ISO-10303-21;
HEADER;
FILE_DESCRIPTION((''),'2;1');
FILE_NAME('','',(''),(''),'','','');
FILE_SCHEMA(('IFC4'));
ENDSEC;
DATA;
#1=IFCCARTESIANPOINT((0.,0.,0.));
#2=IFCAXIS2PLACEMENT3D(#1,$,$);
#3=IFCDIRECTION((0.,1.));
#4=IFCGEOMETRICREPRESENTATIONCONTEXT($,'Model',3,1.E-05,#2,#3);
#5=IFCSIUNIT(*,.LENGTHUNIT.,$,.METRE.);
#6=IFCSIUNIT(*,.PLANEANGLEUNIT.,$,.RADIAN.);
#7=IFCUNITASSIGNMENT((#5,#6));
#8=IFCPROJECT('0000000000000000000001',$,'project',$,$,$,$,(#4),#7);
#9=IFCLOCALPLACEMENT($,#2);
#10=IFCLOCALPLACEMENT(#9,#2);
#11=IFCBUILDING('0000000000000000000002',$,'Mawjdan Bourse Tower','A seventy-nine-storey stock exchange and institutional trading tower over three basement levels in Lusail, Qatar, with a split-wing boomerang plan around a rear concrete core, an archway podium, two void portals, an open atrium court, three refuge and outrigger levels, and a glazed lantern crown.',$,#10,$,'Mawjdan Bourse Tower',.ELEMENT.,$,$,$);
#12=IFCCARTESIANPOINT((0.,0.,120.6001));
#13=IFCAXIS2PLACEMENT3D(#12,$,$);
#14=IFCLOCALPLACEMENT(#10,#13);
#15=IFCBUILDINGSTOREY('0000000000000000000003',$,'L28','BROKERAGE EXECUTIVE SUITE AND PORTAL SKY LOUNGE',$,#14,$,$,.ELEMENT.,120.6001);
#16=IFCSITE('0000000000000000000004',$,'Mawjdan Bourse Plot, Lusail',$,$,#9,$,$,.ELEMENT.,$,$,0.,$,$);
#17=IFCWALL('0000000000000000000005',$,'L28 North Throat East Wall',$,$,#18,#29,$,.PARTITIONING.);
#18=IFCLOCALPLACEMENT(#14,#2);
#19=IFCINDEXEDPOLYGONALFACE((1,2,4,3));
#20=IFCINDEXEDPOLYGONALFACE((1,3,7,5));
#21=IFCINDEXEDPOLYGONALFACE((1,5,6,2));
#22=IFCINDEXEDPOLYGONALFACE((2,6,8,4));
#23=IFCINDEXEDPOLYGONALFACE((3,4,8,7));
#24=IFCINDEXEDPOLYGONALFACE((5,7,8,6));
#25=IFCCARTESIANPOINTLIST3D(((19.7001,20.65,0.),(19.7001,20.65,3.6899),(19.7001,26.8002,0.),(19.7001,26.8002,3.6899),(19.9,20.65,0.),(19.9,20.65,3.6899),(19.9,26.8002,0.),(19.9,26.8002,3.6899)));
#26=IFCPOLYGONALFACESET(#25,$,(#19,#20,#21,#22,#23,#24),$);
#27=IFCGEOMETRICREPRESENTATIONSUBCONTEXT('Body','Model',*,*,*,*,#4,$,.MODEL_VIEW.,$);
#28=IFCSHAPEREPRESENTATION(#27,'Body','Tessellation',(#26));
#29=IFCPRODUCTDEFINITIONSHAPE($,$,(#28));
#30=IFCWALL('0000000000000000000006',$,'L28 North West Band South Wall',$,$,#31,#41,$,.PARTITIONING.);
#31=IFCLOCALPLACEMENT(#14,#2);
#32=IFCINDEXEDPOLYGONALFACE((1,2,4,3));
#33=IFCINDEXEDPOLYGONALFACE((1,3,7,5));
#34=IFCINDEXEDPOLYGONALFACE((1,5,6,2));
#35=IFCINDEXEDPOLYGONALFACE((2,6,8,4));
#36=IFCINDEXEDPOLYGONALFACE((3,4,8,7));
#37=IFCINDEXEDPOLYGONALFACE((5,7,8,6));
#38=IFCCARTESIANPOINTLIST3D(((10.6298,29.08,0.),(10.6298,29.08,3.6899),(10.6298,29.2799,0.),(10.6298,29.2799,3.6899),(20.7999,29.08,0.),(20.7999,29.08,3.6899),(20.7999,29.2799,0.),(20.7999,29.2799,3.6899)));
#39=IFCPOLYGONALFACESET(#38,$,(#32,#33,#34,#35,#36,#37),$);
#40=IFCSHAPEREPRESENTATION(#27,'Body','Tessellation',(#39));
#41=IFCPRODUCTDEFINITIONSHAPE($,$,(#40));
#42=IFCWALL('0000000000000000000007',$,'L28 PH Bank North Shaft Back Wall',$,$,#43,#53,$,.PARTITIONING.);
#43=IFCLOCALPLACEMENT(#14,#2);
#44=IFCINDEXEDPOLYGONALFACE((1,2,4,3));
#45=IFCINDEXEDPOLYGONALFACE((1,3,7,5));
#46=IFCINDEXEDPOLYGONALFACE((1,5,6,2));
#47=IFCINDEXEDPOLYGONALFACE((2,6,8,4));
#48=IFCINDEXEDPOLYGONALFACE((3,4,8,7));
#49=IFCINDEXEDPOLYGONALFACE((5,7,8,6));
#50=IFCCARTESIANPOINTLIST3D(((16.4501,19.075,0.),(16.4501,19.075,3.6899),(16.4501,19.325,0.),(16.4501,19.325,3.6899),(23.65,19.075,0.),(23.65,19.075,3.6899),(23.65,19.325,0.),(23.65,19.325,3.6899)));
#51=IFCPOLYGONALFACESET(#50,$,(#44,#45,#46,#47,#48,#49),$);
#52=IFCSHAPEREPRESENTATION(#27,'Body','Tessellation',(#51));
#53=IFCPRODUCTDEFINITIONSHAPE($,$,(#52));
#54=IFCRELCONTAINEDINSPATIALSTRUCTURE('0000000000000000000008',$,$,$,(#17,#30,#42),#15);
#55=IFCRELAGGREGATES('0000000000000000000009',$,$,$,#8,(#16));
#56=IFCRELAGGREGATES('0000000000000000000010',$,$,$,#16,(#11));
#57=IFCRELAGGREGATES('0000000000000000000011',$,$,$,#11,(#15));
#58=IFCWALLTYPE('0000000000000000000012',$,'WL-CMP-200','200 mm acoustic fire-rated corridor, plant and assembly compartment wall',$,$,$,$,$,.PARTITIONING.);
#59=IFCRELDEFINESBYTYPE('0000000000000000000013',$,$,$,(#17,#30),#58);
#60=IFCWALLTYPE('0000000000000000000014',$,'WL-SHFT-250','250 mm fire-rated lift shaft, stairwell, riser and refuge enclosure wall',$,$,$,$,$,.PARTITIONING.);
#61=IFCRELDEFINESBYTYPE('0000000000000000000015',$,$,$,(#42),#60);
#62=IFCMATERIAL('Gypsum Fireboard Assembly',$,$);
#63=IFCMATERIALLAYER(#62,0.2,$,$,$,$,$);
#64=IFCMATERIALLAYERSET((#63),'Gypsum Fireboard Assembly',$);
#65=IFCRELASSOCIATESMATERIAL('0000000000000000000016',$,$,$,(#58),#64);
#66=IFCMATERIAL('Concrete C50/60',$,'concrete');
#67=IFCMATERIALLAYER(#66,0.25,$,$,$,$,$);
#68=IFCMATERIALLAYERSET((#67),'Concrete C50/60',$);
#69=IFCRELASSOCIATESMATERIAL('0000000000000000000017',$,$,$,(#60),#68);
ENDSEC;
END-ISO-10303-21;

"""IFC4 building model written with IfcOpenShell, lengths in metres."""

from ifc_helpers import new_model, si_unit, direction, frame, frame_2d, origin, place, context, subcontext, project, spatial, rectangle, extrude, material, layer, layer_set, type_object, element, save


model = new_model("IFC4")

# Units and contexts
model_context = context("Model", 3, precision=1e-05, world=origin(), true_north=direction((0.0, 1.0)))
body_context = subcontext(model_context, "Body", "Model", "MODEL_VIEW")
ifc_project = project(units=[si_unit("LENGTHUNIT", "METRE"), si_unit("PLANEANGLEUNIT", "RADIAN")], contexts=[model_context])

# Site, building, storey
site_placement = place(None, origin())
site = spatial("IfcSite", under=ifc_project, at=site_placement, Name="Mawjdan Bourse Plot, Lusail", CompositionType="ELEMENT", RefElevation=0.0)
building_placement = place(site_placement, origin())
building = spatial("IfcBuilding", under=site, at=building_placement, Name="Mawjdan Bourse Tower", Description="A seventy-nine-storey stock exchange and institutional trading tower over three basement levels in Lusail, Qatar, with a split-wing boomerang plan around a rear concrete core, an archway podium, two void portals, an open atrium court, three refuge and outrigger levels, and a glazed lantern crown.", LongName="Mawjdan Bourse Tower", CompositionType="ELEMENT")
storey_placement = place(building_placement, frame((0.0, 0.0, 120.6001)))
storey = spatial("IfcBuildingStorey", under=building, at=storey_placement, Name="L28", Description="BROKERAGE EXECUTIVE SUITE AND PORTAL SKY LOUNGE", CompositionType="ELEMENT", Elevation=120.6001)

# Walls
ifc_material_1 = material(Name="Gypsum Fireboard Assembly")
ifc_layer_1 = layer(ifc_material_1, 0.2)
ifc_layer_set_1 = layer_set([ifc_layer_1], Name="Gypsum Fireboard Assembly")
wall_type_1 = type_object("IfcWallType", Name="WL-CMP-200", Description="200 mm acoustic fire-rated corridor, plant and assembly compartment wall", PredefinedType="PARTITIONING", material=ifc_layer_set_1)
wall_1_placement = place(storey_placement, frame((19.8, 20.6499, 0.0), z_axis=(0.0, 0.0, 1.0), x_axis=(0.0, 1.0, 0.0)))
element("IfcWall", 1, at=wall_1_placement, inside=storey, type_object=wall_type_1, Name="L28 North Throat East Wall", PredefinedType="PARTITIONING", context=body_context, shape_type="SweptSolid", body=[
    extrude(rectangle(XDim=6.1501, YDim=0.2, at=frame_2d((3.0752, 0.0))), origin(), (0.0, 0.0, 1.0), 3.6899),
])
wall_2_placement = place(storey_placement, frame((10.6299, 29.1799, 0.0), z_axis=(0.0, 0.0, 1.0), x_axis=(1.0, 0.0, 0.0)))
element("IfcWall", 2, at=wall_2_placement, inside=storey, type_object=wall_type_1, Name="L28 North West Band South Wall", PredefinedType="PARTITIONING", context=body_context, shape_type="SweptSolid", body=[
    extrude(rectangle(XDim=10.1702, YDim=0.2, at=frame_2d((5.085, 0.0))), origin(), (0.0, 0.0, 1.0), 3.6899),
])
ifc_material_2 = material(Name="Concrete C50/60", Category="concrete")
ifc_layer_2 = layer(ifc_material_2, 0.25)
ifc_layer_set_2 = layer_set([ifc_layer_2], Name="Concrete C50/60")
wall_type_2 = type_object("IfcWallType", Name="WL-SHFT-250", Description="250 mm fire-rated lift shaft, stairwell, riser and refuge enclosure wall", PredefinedType="PARTITIONING", material=ifc_layer_set_2)
wall_3_placement = place(storey_placement, frame((16.45, 19.2, 0.0), z_axis=(0.0, 0.0, 1.0), x_axis=(1.0, 0.0, 0.0)))
element("IfcWall", 3, at=wall_3_placement, inside=storey, type_object=wall_type_2, Name="L28 PH Bank North Shaft Back Wall", PredefinedType="PARTITIONING", context=body_context, shape_type="SweptSolid", body=[
    extrude(rectangle(XDim=7.2, YDim=0.25, at=frame_2d((3.6001, 0.0))), origin(), (0.0, 0.0, 1.0), 3.6899),
])

save(model, "model.ifc")
